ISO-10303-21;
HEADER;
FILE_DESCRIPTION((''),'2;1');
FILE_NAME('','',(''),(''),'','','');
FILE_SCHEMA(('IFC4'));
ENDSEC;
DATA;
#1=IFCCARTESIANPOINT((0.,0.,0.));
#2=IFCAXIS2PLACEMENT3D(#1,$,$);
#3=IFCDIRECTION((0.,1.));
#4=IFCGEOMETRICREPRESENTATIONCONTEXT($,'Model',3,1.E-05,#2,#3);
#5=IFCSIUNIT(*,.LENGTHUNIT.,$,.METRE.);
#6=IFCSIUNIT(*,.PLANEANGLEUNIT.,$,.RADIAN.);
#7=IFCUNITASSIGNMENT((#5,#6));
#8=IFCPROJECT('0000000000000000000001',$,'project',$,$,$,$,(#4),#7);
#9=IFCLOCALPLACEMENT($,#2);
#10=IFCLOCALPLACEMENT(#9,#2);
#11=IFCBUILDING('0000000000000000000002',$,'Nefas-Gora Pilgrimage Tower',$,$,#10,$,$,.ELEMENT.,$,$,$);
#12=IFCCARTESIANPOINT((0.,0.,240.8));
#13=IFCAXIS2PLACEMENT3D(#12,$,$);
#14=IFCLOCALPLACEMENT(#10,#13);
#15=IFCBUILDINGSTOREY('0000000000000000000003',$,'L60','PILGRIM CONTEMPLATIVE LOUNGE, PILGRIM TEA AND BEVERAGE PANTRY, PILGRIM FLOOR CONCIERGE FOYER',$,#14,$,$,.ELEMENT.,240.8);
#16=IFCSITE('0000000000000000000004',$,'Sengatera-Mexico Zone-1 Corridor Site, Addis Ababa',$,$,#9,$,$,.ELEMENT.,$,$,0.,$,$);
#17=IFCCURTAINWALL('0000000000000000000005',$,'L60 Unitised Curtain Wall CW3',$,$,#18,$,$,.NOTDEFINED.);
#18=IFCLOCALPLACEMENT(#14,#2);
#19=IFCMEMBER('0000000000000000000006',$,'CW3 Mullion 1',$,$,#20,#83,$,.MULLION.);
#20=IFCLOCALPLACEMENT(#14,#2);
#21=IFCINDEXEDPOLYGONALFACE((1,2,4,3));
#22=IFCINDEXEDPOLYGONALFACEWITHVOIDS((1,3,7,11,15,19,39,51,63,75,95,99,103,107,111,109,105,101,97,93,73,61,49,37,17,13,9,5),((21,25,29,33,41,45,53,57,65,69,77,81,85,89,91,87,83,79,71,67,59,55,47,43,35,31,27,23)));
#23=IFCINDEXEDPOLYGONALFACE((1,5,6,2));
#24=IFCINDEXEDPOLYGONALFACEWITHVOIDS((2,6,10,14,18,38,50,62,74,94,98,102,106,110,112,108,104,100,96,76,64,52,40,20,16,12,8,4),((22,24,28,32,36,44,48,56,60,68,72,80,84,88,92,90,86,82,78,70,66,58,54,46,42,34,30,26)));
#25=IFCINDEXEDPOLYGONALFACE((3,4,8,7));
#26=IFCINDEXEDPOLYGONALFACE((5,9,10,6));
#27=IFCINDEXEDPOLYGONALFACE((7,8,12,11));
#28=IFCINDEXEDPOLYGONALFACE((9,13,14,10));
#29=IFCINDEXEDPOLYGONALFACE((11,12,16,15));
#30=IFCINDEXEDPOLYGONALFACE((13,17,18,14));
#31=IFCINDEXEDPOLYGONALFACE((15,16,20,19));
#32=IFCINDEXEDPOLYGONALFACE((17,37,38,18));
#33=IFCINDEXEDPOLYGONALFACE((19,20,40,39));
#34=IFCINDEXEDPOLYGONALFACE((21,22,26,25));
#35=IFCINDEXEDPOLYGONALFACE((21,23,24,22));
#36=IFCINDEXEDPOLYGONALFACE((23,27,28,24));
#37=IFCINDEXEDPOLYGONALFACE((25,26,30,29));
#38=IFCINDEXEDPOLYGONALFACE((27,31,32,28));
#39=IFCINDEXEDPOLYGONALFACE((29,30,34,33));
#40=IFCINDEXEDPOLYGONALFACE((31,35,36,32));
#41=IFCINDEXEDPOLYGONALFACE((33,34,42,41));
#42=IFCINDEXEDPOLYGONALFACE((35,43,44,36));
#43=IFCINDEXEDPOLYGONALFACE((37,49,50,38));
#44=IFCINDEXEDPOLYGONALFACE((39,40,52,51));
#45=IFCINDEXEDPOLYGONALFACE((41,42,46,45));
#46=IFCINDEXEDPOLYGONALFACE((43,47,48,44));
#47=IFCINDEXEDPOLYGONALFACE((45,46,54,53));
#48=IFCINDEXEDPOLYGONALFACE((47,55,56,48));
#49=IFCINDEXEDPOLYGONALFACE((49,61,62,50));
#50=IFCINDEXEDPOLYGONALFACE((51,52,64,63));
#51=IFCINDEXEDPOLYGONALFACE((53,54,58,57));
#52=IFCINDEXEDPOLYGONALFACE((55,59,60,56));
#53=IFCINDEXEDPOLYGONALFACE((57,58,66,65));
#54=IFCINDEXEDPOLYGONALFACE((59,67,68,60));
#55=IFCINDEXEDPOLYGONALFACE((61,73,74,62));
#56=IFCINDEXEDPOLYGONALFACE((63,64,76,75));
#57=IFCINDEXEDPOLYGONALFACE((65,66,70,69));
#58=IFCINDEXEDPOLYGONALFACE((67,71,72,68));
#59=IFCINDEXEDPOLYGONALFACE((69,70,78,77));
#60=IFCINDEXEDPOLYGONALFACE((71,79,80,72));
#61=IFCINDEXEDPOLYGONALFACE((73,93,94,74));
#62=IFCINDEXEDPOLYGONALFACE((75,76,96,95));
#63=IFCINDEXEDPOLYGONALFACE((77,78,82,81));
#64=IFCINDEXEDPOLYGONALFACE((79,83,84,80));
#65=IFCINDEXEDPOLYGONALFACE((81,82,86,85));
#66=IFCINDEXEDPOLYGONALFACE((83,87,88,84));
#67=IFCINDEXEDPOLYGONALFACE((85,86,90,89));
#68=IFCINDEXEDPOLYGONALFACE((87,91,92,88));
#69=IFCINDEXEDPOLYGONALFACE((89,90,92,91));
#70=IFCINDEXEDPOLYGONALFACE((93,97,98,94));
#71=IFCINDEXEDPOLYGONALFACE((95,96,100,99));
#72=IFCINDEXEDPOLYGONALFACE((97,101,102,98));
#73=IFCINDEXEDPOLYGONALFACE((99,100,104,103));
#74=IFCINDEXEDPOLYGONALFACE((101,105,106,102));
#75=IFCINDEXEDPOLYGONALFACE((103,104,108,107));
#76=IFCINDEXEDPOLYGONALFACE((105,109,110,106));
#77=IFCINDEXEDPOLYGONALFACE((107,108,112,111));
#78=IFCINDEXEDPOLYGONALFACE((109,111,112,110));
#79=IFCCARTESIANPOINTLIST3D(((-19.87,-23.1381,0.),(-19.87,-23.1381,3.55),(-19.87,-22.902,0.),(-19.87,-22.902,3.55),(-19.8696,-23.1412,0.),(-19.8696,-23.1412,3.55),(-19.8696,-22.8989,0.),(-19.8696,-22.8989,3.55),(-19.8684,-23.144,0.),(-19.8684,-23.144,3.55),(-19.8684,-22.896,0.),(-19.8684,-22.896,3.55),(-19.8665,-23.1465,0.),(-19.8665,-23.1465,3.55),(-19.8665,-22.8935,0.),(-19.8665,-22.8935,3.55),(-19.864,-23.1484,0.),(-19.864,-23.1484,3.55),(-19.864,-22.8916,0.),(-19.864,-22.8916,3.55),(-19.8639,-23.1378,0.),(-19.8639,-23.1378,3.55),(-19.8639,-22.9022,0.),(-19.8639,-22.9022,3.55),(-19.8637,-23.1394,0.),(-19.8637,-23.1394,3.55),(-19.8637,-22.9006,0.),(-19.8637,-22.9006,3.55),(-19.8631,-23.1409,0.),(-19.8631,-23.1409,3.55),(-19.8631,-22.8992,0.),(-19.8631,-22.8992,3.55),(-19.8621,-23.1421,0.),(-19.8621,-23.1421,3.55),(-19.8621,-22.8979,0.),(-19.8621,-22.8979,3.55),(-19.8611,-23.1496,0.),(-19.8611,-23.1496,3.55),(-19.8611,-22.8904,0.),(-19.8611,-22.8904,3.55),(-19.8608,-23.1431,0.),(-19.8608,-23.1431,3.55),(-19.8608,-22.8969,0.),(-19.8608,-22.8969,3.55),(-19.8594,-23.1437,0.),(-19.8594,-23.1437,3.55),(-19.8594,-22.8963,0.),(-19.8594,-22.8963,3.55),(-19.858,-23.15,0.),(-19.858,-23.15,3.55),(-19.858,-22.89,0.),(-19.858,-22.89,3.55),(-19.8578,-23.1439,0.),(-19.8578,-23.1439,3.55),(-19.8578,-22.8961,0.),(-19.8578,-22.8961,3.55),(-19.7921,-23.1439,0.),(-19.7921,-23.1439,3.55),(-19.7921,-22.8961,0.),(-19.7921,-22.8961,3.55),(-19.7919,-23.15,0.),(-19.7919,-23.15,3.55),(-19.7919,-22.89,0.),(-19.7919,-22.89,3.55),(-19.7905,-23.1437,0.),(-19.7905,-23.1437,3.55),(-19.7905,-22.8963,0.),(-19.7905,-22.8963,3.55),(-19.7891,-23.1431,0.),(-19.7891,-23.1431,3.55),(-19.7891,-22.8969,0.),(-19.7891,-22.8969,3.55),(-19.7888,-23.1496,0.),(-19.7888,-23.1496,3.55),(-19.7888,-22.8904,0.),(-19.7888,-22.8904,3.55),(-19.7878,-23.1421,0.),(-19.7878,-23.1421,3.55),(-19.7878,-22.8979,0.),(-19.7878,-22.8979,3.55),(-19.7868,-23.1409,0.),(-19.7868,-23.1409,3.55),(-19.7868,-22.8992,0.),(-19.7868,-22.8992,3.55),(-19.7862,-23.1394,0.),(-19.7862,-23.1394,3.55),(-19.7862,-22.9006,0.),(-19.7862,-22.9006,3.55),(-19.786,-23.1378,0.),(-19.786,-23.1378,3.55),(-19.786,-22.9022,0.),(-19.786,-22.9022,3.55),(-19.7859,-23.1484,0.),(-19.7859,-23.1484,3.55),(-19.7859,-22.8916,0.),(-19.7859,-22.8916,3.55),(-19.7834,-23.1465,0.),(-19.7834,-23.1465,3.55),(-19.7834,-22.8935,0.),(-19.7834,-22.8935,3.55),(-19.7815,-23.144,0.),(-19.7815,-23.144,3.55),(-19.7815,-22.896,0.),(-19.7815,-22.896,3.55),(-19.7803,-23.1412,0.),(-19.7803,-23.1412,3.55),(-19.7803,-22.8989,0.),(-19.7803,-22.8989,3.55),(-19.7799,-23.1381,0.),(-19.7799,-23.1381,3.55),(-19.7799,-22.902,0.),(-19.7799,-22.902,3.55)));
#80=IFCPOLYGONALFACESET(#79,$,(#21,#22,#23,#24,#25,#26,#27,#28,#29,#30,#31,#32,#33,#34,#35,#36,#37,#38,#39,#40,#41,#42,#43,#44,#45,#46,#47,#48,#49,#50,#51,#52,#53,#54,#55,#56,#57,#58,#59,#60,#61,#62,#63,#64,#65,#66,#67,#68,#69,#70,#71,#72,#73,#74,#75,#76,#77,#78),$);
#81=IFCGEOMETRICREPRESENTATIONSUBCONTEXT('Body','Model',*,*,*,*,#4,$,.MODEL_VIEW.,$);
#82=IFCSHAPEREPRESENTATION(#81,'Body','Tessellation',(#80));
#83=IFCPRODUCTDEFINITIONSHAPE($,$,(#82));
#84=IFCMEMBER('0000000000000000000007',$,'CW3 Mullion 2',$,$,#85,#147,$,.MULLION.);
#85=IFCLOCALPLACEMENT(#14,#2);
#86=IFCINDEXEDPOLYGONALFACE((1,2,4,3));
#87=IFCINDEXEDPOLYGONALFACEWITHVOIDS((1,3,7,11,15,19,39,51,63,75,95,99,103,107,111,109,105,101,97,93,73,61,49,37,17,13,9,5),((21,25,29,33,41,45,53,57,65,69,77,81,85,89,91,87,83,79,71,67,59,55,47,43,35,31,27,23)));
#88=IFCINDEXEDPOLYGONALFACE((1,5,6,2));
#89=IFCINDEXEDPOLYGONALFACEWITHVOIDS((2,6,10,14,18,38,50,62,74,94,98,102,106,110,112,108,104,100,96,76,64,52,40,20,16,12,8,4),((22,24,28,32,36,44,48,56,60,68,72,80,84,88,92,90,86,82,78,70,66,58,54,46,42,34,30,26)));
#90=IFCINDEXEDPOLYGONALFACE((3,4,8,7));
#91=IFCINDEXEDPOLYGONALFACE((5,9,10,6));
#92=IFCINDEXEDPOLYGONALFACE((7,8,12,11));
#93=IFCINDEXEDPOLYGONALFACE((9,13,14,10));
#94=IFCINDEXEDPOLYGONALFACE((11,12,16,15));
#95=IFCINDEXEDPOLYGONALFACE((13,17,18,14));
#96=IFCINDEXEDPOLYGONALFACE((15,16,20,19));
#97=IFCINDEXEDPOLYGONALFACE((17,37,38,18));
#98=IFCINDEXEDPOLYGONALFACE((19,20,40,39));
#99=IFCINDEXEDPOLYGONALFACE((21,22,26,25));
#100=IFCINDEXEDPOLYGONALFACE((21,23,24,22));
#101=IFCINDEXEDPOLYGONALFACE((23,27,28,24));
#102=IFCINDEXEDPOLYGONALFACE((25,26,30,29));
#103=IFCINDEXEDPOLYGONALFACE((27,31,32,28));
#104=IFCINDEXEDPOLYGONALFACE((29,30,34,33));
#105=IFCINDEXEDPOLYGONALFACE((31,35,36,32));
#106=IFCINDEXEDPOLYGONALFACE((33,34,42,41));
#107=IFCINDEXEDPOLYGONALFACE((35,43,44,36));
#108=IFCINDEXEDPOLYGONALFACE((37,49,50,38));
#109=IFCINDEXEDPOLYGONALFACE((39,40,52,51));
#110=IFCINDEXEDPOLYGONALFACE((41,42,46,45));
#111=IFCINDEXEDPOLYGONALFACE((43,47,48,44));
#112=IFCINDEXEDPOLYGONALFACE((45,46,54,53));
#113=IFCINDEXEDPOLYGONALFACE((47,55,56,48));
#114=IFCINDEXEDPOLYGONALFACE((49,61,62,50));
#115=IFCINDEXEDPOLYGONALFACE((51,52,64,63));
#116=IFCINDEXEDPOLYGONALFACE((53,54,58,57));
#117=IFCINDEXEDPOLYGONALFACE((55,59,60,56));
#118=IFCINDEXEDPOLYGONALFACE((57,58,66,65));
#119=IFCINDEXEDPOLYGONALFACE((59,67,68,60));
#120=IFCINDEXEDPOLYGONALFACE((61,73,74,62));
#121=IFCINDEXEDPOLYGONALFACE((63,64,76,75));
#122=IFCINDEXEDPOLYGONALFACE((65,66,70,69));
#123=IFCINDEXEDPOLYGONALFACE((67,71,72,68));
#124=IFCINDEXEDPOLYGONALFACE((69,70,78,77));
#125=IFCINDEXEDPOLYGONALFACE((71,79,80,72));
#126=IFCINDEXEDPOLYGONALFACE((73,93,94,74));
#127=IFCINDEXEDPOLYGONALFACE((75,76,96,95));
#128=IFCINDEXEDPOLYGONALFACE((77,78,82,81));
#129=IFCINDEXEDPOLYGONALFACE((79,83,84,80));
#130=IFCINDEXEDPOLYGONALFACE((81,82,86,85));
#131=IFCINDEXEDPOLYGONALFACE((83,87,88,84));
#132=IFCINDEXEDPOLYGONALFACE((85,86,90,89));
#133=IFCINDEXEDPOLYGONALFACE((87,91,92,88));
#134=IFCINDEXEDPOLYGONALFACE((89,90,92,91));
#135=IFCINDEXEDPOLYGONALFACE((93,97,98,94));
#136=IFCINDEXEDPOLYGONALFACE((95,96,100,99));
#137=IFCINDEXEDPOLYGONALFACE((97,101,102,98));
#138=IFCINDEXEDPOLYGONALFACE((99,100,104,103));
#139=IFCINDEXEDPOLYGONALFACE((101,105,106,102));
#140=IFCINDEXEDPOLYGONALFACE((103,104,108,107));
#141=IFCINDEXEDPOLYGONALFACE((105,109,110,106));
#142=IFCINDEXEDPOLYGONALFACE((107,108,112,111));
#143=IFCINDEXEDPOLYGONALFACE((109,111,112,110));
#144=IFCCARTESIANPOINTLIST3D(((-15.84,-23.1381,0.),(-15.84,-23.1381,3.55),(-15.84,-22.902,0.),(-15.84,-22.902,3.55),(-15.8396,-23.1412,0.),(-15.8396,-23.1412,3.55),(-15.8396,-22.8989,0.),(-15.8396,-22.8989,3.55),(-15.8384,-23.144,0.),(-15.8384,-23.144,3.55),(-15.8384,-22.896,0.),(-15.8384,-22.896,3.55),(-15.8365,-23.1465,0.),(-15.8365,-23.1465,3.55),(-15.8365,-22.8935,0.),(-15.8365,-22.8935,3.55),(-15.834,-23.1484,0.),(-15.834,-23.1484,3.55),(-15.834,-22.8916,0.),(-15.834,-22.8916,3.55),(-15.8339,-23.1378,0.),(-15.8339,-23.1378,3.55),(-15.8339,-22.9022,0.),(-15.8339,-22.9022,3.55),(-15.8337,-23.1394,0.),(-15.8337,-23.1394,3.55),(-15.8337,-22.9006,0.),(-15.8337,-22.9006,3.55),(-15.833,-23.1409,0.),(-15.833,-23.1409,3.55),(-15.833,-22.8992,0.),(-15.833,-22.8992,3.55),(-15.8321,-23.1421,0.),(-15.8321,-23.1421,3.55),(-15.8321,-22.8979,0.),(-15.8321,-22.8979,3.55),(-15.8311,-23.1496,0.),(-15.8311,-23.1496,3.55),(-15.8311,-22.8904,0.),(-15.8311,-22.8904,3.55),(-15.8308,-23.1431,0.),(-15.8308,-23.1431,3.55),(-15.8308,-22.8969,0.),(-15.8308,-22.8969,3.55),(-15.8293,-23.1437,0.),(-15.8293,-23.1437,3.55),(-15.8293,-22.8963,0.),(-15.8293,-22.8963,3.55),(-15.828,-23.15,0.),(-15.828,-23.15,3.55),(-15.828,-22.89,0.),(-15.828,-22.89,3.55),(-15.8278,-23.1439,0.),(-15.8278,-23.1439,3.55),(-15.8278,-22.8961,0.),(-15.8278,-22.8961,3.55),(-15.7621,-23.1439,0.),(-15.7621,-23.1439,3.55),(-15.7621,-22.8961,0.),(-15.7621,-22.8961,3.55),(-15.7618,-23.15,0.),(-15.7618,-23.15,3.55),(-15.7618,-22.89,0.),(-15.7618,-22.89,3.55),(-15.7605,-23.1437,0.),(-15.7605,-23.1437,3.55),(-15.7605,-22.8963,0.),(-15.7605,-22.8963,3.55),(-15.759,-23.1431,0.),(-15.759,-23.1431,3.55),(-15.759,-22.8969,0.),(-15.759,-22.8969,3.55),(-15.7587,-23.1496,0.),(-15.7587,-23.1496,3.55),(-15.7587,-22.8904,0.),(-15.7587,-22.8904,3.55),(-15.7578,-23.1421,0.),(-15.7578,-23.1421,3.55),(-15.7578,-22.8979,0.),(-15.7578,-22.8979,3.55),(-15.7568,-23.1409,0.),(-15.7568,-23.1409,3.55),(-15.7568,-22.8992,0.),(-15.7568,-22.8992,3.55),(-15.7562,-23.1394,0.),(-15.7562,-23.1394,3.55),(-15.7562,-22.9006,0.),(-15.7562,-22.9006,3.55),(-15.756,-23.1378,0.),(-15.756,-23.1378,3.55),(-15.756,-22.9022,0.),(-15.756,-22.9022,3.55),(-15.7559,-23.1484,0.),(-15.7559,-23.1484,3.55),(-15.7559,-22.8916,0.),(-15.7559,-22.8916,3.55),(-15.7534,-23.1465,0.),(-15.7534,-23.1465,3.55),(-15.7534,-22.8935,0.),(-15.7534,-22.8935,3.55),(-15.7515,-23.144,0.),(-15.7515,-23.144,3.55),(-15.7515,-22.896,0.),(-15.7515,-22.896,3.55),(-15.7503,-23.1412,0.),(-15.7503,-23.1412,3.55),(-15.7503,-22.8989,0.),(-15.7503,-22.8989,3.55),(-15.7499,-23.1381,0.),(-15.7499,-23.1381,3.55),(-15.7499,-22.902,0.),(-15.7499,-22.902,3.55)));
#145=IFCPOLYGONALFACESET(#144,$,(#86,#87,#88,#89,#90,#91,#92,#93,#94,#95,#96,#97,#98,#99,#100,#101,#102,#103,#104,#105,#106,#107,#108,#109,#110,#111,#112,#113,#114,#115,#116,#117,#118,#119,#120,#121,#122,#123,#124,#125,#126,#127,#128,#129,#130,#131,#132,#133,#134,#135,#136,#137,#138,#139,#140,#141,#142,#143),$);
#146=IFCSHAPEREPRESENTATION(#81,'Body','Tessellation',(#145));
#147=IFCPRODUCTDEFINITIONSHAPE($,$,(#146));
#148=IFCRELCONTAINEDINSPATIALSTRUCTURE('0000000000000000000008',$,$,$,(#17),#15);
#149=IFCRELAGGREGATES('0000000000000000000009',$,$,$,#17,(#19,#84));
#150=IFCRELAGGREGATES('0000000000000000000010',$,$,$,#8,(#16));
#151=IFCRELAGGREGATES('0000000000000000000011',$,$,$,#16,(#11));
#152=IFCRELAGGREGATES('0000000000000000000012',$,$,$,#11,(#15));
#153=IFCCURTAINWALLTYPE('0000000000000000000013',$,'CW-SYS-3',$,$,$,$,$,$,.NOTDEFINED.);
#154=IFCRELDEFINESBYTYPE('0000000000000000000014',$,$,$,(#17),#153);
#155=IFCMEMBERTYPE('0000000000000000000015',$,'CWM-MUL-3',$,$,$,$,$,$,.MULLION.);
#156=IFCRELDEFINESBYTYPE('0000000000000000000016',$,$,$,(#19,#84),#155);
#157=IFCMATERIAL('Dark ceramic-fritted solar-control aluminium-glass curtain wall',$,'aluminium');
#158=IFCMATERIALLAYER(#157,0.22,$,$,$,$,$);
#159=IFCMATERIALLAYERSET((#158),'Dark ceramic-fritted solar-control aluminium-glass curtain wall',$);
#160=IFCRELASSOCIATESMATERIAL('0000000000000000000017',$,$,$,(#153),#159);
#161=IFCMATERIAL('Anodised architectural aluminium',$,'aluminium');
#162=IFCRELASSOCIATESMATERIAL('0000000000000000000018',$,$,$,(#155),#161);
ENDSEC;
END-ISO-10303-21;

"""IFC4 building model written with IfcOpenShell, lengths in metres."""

from ifc_helpers import new_model, si_unit, direction, frame, origin, origin_2d, place, context, subcontext, project, spatial, hollow_rectangle, extrude, source, transform, mapped, material, layer, layer_set, material_profile, profile_set, type_object, element, aggregate, save


model = new_model("IFC4")

# Units and contexts
model_context = context("Model", 3, precision=1e-05, world=origin(), true_north=direction((0.0, 1.0)))
body_context = subcontext(model_context, "Body", "Model", "MODEL_VIEW")
ifc_project = project(units=[si_unit("LENGTHUNIT", "METRE"), si_unit("PLANEANGLEUNIT", "RADIAN")], contexts=[model_context])

# Site, building, storey
site_placement = place(None, origin())
site = spatial("IfcSite", under=ifc_project, at=site_placement, Name="Sengatera-Mexico Zone-1 Corridor Site, Addis Ababa", CompositionType="ELEMENT", RefElevation=0.0)
building_placement = place(site_placement, origin())
building = spatial("IfcBuilding", under=site, at=building_placement, Name="Nefas-Gora Pilgrimage Tower", CompositionType="ELEMENT")
storey_placement = place(building_placement, frame((0.0, 0.0, 240.8)))
storey = spatial("IfcBuildingStorey", under=building, at=storey_placement, Name="L60", Description="PILGRIM CONTEMPLATIVE LOUNGE, PILGRIM TEA AND BEVERAGE PANTRY, PILGRIM FLOOR CONCIERGE FOYER", CompositionType="ELEMENT", Elevation=240.8)

# Shared definitions
ifc_material_1 = material(Name="Dark ceramic-fritted solar-control aluminium-glass curtain wall", Category="aluminium")
ifc_material_2 = material(Name="Anodised architectural aluminium", Category="aluminium")

# Shared definitions
ifc_layer_1 = layer(ifc_material_1, 0.22)
ifc_layer_set_1 = layer_set([ifc_layer_1], Name="Dark ceramic-fritted solar-control aluminium-glass curtain wall")
curtain_wall_type_1 = type_object("IfcCurtainWallType", Name="CW-SYS-3", PredefinedType="NOTDEFINED", material=ifc_layer_set_1)
ifc_material_profile_1 = material_profile(ifc_material_2, hollow_rectangle(XDim=0.0901, YDim=0.26, WallThickness=0.0061, InnerFilletRadius=0.0061, OuterFilletRadius=0.012, at=origin_2d()), Name="ALU MULLION 90x260")
ifc_profile_set_1 = profile_set([ifc_material_profile_1], Name="Anodised architectural aluminium")
member_type_1 = type_object("IfcMemberType", Name="CWM-MUL-3", PredefinedType="MULLION", material=ifc_profile_set_1)
shared_shape_1 = source(origin(), body_context, "Body", "SweptSolid", [
    extrude(hollow_rectangle(XDim=0.0901, YDim=0.26, WallThickness=0.0061, InnerFilletRadius=0.0061, OuterFilletRadius=0.012, at=origin_2d()), origin(), (0.0, 0.0, 1.0), 3.55),
])

# Curtain wall, members
curtain_wall_1_placement = place(storey_placement, origin())
curtain_wall_1 = element("IfcCurtainWall", 1, at=curtain_wall_1_placement, inside=storey, type_object=curtain_wall_type_1, Name="L60 Unitised Curtain Wall CW3", PredefinedType="NOTDEFINED")
member_1_placement = place(storey_placement, frame((-19.825, -23.02, 0.0), z_axis=(0.0, 0.0, 1.0), x_axis=(1.0, 0.0, 0.0)))
member_1 = element("IfcMember", 2, at=member_1_placement, type_object=member_type_1, Name="CW3 Mullion 1", PredefinedType="MULLION", context=body_context, shape_type="MappedRepresentation", body=[
    mapped(shared_shape_1, transform((0.0, 0.0, 0.0), x_axis=(1.0, 0.0, 0.0), y_axis=(0.0, 1.0, 0.0), z_axis=(0.0, 0.0, 1.0), scale=1.0)),
])
member_2_placement = place(storey_placement, frame((-15.7949, -23.02, 0.0), z_axis=(0.0, 0.0, 1.0), x_axis=(1.0, 0.0, 0.0)))
member_2 = element("IfcMember", 3, at=member_2_placement, type_object=member_type_1, Name="CW3 Mullion 2", PredefinedType="MULLION", context=body_context, shape_type="MappedRepresentation", body=[
    mapped(shared_shape_1, transform((0.0, 0.0, 0.0), x_axis=(1.0, 0.0, 0.0), y_axis=(0.0, 1.0, 0.0), z_axis=(0.0, 0.0, 1.0), scale=1.0)),
])

aggregate(curtain_wall_1, [member_1, member_2])

save(model, "model.ifc")
